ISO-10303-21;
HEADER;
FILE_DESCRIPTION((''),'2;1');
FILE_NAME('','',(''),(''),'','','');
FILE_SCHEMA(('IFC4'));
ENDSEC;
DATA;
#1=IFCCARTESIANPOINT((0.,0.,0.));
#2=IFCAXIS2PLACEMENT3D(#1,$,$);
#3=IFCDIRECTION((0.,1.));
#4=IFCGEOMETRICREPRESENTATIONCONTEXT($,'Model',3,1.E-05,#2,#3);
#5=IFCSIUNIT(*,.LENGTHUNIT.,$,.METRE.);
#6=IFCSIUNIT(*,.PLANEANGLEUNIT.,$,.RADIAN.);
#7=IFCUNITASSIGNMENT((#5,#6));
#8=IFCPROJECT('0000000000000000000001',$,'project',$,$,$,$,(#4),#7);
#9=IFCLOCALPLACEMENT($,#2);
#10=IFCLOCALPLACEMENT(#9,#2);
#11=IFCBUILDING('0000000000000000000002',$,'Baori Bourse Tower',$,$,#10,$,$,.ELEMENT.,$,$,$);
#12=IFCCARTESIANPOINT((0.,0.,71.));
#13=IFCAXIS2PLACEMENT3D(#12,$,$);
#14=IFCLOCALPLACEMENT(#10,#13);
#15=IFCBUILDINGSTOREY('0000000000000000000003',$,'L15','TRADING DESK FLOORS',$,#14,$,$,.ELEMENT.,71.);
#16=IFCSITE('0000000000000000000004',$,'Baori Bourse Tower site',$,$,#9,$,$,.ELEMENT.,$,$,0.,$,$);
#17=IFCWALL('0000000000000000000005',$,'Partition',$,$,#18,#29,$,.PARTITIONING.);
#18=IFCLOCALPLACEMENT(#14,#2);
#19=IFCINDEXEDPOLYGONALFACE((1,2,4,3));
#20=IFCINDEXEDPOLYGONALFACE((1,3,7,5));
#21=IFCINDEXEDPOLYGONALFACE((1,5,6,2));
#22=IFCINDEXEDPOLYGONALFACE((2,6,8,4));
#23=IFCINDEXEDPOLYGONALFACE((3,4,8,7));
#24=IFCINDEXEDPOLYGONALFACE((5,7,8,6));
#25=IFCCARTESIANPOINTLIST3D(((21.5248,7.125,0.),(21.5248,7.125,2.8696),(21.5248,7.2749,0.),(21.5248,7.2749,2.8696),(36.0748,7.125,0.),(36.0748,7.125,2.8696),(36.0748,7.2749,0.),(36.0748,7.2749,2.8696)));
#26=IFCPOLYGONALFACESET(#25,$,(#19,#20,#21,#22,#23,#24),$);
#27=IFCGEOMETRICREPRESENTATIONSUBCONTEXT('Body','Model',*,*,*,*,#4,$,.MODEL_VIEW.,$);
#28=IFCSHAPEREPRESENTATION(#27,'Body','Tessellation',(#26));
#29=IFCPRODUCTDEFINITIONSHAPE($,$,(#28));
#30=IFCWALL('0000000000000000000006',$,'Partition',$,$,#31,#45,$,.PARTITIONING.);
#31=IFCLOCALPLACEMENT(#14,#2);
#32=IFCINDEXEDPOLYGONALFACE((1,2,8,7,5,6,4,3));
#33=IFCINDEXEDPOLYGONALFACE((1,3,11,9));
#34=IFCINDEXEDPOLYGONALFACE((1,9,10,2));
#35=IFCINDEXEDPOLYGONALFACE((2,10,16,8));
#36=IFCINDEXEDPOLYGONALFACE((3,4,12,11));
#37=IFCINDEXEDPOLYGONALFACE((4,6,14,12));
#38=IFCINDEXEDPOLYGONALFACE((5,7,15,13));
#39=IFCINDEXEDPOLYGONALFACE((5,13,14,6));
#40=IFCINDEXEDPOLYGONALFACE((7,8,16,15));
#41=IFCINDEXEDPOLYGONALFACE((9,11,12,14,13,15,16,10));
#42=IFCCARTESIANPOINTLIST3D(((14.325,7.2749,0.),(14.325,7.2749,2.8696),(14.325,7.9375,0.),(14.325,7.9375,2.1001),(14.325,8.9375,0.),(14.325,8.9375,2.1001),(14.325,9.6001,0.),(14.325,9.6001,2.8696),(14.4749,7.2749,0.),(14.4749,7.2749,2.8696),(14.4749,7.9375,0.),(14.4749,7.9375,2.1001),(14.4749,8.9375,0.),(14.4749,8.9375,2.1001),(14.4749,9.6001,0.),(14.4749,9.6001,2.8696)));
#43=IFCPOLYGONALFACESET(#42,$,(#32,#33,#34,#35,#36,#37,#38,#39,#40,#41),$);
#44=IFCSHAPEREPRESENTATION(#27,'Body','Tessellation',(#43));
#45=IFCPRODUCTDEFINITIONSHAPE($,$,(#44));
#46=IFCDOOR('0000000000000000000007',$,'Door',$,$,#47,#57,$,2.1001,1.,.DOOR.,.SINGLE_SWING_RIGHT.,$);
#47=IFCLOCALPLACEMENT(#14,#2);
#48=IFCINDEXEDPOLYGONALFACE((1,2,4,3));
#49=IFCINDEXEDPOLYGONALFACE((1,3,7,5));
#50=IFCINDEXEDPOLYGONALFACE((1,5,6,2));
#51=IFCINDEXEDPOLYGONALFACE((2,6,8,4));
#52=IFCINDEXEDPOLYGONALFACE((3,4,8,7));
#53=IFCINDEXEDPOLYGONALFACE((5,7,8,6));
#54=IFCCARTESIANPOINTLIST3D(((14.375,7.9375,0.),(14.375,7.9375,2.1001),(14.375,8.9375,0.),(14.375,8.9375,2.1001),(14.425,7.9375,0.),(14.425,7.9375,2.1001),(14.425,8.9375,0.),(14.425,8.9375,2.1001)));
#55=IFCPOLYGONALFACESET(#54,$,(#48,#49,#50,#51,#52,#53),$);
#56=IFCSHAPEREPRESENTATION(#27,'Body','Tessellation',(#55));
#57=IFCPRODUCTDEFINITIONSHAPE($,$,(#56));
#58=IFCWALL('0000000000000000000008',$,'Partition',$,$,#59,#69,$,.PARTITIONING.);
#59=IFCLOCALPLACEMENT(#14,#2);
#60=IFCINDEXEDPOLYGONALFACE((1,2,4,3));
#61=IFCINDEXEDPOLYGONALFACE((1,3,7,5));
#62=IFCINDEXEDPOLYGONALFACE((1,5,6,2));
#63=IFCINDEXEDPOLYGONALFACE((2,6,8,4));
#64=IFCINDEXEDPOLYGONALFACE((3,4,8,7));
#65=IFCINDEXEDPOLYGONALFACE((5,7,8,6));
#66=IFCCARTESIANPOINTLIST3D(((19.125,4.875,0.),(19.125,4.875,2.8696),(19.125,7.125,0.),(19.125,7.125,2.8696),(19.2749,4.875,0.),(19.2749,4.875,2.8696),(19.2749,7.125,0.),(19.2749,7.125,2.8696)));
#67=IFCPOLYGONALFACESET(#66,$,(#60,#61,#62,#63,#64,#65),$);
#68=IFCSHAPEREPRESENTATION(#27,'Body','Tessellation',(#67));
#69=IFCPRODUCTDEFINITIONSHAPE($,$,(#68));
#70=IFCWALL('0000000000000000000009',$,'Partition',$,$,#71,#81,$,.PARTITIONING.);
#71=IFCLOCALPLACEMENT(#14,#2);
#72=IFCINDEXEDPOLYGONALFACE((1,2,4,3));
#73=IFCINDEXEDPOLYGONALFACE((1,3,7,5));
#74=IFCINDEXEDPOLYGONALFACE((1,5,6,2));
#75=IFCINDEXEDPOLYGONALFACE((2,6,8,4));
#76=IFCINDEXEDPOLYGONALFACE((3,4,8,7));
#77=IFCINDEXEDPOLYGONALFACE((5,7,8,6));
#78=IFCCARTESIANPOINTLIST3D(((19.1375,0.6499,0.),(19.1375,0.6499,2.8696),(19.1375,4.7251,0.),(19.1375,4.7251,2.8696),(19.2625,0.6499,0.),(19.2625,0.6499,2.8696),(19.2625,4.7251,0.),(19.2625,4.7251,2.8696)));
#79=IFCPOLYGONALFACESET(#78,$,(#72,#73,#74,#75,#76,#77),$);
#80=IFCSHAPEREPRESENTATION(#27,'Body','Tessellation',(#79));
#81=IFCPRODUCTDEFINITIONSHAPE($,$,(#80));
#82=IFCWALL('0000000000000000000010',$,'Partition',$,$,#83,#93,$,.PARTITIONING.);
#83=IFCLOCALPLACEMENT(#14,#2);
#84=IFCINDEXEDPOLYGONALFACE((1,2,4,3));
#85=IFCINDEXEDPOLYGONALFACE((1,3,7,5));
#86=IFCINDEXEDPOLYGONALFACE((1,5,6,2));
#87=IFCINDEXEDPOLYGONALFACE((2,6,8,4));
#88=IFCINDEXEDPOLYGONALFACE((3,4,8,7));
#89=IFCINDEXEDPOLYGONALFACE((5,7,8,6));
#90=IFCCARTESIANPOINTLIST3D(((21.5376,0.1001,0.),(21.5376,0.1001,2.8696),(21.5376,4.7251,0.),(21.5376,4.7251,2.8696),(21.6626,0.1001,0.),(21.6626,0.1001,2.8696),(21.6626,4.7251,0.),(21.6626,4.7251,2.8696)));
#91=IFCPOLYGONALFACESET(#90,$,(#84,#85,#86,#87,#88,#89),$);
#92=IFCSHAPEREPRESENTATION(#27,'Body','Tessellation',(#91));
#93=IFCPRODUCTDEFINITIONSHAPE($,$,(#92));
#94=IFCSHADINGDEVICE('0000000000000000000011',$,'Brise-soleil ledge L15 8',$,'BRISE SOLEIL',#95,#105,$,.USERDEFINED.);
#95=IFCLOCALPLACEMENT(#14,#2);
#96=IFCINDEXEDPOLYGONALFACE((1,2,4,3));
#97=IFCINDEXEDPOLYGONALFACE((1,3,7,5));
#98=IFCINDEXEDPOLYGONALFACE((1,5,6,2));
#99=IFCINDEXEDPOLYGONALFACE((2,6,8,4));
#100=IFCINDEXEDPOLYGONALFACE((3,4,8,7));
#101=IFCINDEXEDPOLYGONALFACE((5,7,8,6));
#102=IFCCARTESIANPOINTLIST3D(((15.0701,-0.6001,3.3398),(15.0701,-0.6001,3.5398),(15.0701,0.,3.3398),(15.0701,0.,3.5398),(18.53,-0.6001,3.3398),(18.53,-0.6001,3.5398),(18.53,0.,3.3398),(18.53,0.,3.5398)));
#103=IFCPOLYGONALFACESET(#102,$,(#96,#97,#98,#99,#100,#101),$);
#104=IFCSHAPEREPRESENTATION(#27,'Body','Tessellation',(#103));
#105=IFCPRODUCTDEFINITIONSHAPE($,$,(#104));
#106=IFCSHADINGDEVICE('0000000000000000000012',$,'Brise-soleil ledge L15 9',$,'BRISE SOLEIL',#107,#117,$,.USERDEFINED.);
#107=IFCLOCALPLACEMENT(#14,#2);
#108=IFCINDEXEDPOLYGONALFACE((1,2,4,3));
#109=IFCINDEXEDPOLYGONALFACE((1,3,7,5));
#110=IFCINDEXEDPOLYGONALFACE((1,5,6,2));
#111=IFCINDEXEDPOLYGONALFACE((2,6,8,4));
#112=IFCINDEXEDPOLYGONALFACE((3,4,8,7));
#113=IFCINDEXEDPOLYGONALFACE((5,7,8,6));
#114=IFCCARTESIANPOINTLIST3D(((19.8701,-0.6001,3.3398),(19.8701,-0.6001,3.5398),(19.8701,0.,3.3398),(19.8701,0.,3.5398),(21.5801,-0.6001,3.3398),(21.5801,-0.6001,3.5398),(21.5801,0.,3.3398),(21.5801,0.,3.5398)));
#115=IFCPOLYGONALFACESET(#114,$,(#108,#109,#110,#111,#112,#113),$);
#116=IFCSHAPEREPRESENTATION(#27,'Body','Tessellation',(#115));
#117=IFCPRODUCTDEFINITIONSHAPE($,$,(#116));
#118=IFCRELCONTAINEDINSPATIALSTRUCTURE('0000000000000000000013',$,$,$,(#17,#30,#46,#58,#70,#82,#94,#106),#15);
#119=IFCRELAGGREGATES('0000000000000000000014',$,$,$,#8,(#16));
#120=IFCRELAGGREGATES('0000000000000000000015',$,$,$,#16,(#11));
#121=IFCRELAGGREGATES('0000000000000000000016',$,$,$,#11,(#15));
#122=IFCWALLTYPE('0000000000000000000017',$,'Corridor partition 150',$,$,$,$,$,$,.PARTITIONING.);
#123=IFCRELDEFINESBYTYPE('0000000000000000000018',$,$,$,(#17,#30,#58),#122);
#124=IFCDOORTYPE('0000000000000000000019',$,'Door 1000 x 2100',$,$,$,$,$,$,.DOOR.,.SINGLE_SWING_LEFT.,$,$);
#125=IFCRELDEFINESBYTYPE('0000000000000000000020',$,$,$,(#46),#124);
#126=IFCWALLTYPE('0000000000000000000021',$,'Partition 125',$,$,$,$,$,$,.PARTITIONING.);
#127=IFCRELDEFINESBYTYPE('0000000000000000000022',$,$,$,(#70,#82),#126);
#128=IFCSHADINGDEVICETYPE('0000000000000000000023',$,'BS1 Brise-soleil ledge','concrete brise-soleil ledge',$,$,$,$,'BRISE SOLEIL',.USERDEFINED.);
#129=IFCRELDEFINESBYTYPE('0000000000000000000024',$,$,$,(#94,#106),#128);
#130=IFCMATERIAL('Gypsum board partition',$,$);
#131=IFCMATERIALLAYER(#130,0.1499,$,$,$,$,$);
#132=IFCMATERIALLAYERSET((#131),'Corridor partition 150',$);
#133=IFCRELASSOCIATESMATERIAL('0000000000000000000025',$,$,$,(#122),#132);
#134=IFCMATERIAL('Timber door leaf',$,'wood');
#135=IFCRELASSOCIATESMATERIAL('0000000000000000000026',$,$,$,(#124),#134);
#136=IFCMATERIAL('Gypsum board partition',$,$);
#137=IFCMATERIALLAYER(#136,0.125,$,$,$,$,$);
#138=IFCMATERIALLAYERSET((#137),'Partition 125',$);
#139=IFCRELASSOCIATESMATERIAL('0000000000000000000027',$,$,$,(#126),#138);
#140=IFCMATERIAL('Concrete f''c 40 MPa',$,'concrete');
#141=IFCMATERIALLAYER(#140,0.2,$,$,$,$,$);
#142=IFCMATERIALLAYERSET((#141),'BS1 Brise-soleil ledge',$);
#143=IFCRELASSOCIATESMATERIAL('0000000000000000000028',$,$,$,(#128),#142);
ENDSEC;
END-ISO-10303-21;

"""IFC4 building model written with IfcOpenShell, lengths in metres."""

from ifc_helpers import new_model, si_unit, direction, frame, frame_2d, origin, origin_2d, place, context, subcontext, project, spatial, rectangle, extrude, material, layer, layer_set, type_object, element, fill, save


model = new_model("IFC4")

# Units and contexts
model_context = context("Model", 3, precision=1e-05, world=origin(), true_north=direction((0.0, 1.0)))
body_context = subcontext(model_context, "Body", "Model", "MODEL_VIEW")
ifc_project = project(units=[si_unit("LENGTHUNIT", "METRE"), si_unit("PLANEANGLEUNIT", "RADIAN")], contexts=[model_context])

# Site, building, storey
site_placement = place(None, origin())
site = spatial("IfcSite", under=ifc_project, at=site_placement, Name="Baori Bourse Tower site", CompositionType="ELEMENT", RefElevation=0.0)
building_placement = place(site_placement, origin())
building = spatial("IfcBuilding", under=site, at=building_placement, Name="Baori Bourse Tower", CompositionType="ELEMENT")
storey_placement = place(building_placement, frame((0.0, 0.0, 71.0)))
storey = spatial("IfcBuildingStorey", under=building, at=storey_placement, Name="L15", Description="TRADING DESK FLOORS", CompositionType="ELEMENT", Elevation=71.0)

# Shared definitions
ifc_material_1 = material(Name="Gypsum board partition")
ifc_layer_1 = layer(ifc_material_1, 0.1499)
ifc_layer_set_1 = layer_set([ifc_layer_1], Name="Corridor partition 150")
wall_type_1 = type_object("IfcWallType", Name="Corridor partition 150", PredefinedType="PARTITIONING", material=ifc_layer_set_1)
ifc_material_2 = material(Name="Timber door leaf", Category="wood")
door_type = type_object("IfcDoorType", Name="Door 1000 x 2100", OperationType="SINGLE_SWING_LEFT", PredefinedType="DOOR", material=ifc_material_2)

# Wall
wall_1_placement = place(storey_placement, frame((21.5249, 7.2, 0.0), z_axis=(0.0, 0.0, 1.0), x_axis=(1.0, 0.0, 0.0)))
element("IfcWall", 1, at=wall_1_placement, inside=storey, type_object=wall_type_1, Name="Partition", PredefinedType="PARTITIONING", context=body_context, shape_type="SweptSolid", body=[
    extrude(rectangle(XDim=14.55, YDim=0.1499, at=frame_2d((7.2749, 0.0))), origin(), (0.0, 0.0, 1.0), 2.8696),
])

# Wall, opening, door
wall_2_placement = place(storey_placement, frame((14.3999, 7.2749, 0.0), z_axis=(0.0, 0.0, 1.0), x_axis=(0.0, 1.0, 0.0)))
wall_2 = element("IfcWall", 2, at=wall_2_placement, inside=storey, type_object=wall_type_1, Name="Partition", PredefinedType="PARTITIONING", context=body_context, shape_type="SweptSolid", body=[
    extrude(rectangle(XDim=2.3252, YDim=0.1499, at=frame_2d((1.1626, 0.0))), origin(), (0.0, 0.0, 1.0), 2.8696),
])
opening_1_placement = place(wall_2_placement, frame((0.6626, 0.0, 0.0)))
opening_1 = element("IfcOpeningElement", 3, at=opening_1_placement, cuts=wall_2, PredefinedType="OPENING", context=body_context, shape_type="SweptSolid", body=[
    extrude(rectangle(XDim=1.0, YDim=2.1001, at=frame_2d((0.5, 1.05))), frame((0.0, 0.085, 0.0), z_axis=(0.0, -1.0, 0.0), x_axis=(1.0, 0.0, 0.0)), (0.0, 0.0, 1.0), 0.1699),
])
door_1_placement = place(opening_1_placement, origin())
door_1 = element("IfcDoor", 4, at=door_1_placement, inside=storey, type_object=door_type, Name="Door", OperationType="SINGLE_SWING_RIGHT", OverallHeight=2.1001, OverallWidth=1.0, PredefinedType="DOOR", context=body_context, shape_type="SweptSolid", body=[
    extrude(rectangle(XDim=1.0, YDim=2.1001, at=frame_2d((0.5, 1.05))), frame((0.0, 0.0249, 0.0), z_axis=(0.0, -1.0, 0.0), x_axis=(1.0, 0.0, 0.0)), (0.0, 0.0, 1.0), 0.05),
])
fill(opening_1, door_1)

# Walls
wall_3_placement = place(storey_placement, frame((19.2, 4.875, 0.0), z_axis=(0.0, 0.0, 1.0), x_axis=(0.0, 1.0, 0.0)))
element("IfcWall", 5, at=wall_3_placement, inside=storey, type_object=wall_type_1, Name="Partition", PredefinedType="PARTITIONING", context=body_context, shape_type="SweptSolid", body=[
    extrude(rectangle(XDim=2.25, YDim=0.1499, at=frame_2d((1.125, 0.0))), origin(), (0.0, 0.0, 1.0), 2.8696),
])
ifc_material_3 = material(Name="Gypsum board partition")
ifc_layer_2 = layer(ifc_material_3, 0.125)
ifc_layer_set_2 = layer_set([ifc_layer_2], Name="Partition 125")
wall_type_2 = type_object("IfcWallType", Name="Partition 125", PredefinedType="PARTITIONING", material=ifc_layer_set_2)
wall_4_placement = place(storey_placement, frame((19.2, 0.6499, 0.0), z_axis=(0.0, 0.0, 1.0), x_axis=(0.0, 1.0, 0.0)))
element("IfcWall", 6, at=wall_4_placement, inside=storey, type_object=wall_type_2, Name="Partition", PredefinedType="PARTITIONING", context=body_context, shape_type="SweptSolid", body=[
    extrude(rectangle(XDim=4.0752, YDim=0.125, at=frame_2d((2.0376, 0.0))), origin(), (0.0, 0.0, 1.0), 2.8696),
])
wall_5_placement = place(storey_placement, frame((21.6001, 0.1001, 0.0), z_axis=(0.0, 0.0, 1.0), x_axis=(0.0, 1.0, 0.0)))
element("IfcWall", 7, at=wall_5_placement, inside=storey, type_object=wall_type_2, Name="Partition", PredefinedType="PARTITIONING", context=body_context, shape_type="SweptSolid", body=[
    extrude(rectangle(XDim=4.625, YDim=0.125, at=frame_2d((2.3125, 0.0))), origin(), (0.0, 0.0, 1.0), 2.8696),
])

# Shading devices
ifc_material_4 = material(Name="Concrete f'c 40 MPa", Category="concrete")
ifc_layer_3 = layer(ifc_material_4, 0.2)
ifc_layer_set_3 = layer_set([ifc_layer_3], Name="BS1 Brise-soleil ledge")
shading_device_type = type_object("IfcShadingDeviceType", Name="BS1 Brise-soleil ledge", Description="concrete brise-soleil ledge", ElementType="BRISE SOLEIL", PredefinedType="USERDEFINED", material=ifc_layer_set_3)
shading_device_1_placement = place(storey_placement, frame((16.8, -0.3, 3.3398), z_axis=(0.0, 0.0, 1.0), x_axis=(1.0, 0.0, 0.0)))
element("IfcShadingDevice", 8, at=shading_device_1_placement, inside=storey, type_object=shading_device_type, Name="Brise-soleil ledge L15 8", ObjectType="BRISE SOLEIL", PredefinedType="USERDEFINED", context=body_context, shape_type="SweptSolid", body=[
    extrude(rectangle(XDim=3.46, YDim=0.6001, at=origin_2d()), origin(), (0.0, 0.0, 1.0), 0.2),
])
shading_device_2_placement = place(storey_placement, frame((20.7251, -0.3, 3.3398), z_axis=(0.0, 0.0, 1.0), x_axis=(1.0, 0.0, 0.0)))
element("IfcShadingDevice", 9, at=shading_device_2_placement, inside=storey, type_object=shading_device_type, Name="Brise-soleil ledge L15 9", ObjectType="BRISE SOLEIL", PredefinedType="USERDEFINED", context=body_context, shape_type="SweptSolid", body=[
    extrude(rectangle(XDim=1.71, YDim=0.6001, at=origin_2d()), origin(), (0.0, 0.0, 1.0), 0.2),
])

save(model, "model.ifc")
